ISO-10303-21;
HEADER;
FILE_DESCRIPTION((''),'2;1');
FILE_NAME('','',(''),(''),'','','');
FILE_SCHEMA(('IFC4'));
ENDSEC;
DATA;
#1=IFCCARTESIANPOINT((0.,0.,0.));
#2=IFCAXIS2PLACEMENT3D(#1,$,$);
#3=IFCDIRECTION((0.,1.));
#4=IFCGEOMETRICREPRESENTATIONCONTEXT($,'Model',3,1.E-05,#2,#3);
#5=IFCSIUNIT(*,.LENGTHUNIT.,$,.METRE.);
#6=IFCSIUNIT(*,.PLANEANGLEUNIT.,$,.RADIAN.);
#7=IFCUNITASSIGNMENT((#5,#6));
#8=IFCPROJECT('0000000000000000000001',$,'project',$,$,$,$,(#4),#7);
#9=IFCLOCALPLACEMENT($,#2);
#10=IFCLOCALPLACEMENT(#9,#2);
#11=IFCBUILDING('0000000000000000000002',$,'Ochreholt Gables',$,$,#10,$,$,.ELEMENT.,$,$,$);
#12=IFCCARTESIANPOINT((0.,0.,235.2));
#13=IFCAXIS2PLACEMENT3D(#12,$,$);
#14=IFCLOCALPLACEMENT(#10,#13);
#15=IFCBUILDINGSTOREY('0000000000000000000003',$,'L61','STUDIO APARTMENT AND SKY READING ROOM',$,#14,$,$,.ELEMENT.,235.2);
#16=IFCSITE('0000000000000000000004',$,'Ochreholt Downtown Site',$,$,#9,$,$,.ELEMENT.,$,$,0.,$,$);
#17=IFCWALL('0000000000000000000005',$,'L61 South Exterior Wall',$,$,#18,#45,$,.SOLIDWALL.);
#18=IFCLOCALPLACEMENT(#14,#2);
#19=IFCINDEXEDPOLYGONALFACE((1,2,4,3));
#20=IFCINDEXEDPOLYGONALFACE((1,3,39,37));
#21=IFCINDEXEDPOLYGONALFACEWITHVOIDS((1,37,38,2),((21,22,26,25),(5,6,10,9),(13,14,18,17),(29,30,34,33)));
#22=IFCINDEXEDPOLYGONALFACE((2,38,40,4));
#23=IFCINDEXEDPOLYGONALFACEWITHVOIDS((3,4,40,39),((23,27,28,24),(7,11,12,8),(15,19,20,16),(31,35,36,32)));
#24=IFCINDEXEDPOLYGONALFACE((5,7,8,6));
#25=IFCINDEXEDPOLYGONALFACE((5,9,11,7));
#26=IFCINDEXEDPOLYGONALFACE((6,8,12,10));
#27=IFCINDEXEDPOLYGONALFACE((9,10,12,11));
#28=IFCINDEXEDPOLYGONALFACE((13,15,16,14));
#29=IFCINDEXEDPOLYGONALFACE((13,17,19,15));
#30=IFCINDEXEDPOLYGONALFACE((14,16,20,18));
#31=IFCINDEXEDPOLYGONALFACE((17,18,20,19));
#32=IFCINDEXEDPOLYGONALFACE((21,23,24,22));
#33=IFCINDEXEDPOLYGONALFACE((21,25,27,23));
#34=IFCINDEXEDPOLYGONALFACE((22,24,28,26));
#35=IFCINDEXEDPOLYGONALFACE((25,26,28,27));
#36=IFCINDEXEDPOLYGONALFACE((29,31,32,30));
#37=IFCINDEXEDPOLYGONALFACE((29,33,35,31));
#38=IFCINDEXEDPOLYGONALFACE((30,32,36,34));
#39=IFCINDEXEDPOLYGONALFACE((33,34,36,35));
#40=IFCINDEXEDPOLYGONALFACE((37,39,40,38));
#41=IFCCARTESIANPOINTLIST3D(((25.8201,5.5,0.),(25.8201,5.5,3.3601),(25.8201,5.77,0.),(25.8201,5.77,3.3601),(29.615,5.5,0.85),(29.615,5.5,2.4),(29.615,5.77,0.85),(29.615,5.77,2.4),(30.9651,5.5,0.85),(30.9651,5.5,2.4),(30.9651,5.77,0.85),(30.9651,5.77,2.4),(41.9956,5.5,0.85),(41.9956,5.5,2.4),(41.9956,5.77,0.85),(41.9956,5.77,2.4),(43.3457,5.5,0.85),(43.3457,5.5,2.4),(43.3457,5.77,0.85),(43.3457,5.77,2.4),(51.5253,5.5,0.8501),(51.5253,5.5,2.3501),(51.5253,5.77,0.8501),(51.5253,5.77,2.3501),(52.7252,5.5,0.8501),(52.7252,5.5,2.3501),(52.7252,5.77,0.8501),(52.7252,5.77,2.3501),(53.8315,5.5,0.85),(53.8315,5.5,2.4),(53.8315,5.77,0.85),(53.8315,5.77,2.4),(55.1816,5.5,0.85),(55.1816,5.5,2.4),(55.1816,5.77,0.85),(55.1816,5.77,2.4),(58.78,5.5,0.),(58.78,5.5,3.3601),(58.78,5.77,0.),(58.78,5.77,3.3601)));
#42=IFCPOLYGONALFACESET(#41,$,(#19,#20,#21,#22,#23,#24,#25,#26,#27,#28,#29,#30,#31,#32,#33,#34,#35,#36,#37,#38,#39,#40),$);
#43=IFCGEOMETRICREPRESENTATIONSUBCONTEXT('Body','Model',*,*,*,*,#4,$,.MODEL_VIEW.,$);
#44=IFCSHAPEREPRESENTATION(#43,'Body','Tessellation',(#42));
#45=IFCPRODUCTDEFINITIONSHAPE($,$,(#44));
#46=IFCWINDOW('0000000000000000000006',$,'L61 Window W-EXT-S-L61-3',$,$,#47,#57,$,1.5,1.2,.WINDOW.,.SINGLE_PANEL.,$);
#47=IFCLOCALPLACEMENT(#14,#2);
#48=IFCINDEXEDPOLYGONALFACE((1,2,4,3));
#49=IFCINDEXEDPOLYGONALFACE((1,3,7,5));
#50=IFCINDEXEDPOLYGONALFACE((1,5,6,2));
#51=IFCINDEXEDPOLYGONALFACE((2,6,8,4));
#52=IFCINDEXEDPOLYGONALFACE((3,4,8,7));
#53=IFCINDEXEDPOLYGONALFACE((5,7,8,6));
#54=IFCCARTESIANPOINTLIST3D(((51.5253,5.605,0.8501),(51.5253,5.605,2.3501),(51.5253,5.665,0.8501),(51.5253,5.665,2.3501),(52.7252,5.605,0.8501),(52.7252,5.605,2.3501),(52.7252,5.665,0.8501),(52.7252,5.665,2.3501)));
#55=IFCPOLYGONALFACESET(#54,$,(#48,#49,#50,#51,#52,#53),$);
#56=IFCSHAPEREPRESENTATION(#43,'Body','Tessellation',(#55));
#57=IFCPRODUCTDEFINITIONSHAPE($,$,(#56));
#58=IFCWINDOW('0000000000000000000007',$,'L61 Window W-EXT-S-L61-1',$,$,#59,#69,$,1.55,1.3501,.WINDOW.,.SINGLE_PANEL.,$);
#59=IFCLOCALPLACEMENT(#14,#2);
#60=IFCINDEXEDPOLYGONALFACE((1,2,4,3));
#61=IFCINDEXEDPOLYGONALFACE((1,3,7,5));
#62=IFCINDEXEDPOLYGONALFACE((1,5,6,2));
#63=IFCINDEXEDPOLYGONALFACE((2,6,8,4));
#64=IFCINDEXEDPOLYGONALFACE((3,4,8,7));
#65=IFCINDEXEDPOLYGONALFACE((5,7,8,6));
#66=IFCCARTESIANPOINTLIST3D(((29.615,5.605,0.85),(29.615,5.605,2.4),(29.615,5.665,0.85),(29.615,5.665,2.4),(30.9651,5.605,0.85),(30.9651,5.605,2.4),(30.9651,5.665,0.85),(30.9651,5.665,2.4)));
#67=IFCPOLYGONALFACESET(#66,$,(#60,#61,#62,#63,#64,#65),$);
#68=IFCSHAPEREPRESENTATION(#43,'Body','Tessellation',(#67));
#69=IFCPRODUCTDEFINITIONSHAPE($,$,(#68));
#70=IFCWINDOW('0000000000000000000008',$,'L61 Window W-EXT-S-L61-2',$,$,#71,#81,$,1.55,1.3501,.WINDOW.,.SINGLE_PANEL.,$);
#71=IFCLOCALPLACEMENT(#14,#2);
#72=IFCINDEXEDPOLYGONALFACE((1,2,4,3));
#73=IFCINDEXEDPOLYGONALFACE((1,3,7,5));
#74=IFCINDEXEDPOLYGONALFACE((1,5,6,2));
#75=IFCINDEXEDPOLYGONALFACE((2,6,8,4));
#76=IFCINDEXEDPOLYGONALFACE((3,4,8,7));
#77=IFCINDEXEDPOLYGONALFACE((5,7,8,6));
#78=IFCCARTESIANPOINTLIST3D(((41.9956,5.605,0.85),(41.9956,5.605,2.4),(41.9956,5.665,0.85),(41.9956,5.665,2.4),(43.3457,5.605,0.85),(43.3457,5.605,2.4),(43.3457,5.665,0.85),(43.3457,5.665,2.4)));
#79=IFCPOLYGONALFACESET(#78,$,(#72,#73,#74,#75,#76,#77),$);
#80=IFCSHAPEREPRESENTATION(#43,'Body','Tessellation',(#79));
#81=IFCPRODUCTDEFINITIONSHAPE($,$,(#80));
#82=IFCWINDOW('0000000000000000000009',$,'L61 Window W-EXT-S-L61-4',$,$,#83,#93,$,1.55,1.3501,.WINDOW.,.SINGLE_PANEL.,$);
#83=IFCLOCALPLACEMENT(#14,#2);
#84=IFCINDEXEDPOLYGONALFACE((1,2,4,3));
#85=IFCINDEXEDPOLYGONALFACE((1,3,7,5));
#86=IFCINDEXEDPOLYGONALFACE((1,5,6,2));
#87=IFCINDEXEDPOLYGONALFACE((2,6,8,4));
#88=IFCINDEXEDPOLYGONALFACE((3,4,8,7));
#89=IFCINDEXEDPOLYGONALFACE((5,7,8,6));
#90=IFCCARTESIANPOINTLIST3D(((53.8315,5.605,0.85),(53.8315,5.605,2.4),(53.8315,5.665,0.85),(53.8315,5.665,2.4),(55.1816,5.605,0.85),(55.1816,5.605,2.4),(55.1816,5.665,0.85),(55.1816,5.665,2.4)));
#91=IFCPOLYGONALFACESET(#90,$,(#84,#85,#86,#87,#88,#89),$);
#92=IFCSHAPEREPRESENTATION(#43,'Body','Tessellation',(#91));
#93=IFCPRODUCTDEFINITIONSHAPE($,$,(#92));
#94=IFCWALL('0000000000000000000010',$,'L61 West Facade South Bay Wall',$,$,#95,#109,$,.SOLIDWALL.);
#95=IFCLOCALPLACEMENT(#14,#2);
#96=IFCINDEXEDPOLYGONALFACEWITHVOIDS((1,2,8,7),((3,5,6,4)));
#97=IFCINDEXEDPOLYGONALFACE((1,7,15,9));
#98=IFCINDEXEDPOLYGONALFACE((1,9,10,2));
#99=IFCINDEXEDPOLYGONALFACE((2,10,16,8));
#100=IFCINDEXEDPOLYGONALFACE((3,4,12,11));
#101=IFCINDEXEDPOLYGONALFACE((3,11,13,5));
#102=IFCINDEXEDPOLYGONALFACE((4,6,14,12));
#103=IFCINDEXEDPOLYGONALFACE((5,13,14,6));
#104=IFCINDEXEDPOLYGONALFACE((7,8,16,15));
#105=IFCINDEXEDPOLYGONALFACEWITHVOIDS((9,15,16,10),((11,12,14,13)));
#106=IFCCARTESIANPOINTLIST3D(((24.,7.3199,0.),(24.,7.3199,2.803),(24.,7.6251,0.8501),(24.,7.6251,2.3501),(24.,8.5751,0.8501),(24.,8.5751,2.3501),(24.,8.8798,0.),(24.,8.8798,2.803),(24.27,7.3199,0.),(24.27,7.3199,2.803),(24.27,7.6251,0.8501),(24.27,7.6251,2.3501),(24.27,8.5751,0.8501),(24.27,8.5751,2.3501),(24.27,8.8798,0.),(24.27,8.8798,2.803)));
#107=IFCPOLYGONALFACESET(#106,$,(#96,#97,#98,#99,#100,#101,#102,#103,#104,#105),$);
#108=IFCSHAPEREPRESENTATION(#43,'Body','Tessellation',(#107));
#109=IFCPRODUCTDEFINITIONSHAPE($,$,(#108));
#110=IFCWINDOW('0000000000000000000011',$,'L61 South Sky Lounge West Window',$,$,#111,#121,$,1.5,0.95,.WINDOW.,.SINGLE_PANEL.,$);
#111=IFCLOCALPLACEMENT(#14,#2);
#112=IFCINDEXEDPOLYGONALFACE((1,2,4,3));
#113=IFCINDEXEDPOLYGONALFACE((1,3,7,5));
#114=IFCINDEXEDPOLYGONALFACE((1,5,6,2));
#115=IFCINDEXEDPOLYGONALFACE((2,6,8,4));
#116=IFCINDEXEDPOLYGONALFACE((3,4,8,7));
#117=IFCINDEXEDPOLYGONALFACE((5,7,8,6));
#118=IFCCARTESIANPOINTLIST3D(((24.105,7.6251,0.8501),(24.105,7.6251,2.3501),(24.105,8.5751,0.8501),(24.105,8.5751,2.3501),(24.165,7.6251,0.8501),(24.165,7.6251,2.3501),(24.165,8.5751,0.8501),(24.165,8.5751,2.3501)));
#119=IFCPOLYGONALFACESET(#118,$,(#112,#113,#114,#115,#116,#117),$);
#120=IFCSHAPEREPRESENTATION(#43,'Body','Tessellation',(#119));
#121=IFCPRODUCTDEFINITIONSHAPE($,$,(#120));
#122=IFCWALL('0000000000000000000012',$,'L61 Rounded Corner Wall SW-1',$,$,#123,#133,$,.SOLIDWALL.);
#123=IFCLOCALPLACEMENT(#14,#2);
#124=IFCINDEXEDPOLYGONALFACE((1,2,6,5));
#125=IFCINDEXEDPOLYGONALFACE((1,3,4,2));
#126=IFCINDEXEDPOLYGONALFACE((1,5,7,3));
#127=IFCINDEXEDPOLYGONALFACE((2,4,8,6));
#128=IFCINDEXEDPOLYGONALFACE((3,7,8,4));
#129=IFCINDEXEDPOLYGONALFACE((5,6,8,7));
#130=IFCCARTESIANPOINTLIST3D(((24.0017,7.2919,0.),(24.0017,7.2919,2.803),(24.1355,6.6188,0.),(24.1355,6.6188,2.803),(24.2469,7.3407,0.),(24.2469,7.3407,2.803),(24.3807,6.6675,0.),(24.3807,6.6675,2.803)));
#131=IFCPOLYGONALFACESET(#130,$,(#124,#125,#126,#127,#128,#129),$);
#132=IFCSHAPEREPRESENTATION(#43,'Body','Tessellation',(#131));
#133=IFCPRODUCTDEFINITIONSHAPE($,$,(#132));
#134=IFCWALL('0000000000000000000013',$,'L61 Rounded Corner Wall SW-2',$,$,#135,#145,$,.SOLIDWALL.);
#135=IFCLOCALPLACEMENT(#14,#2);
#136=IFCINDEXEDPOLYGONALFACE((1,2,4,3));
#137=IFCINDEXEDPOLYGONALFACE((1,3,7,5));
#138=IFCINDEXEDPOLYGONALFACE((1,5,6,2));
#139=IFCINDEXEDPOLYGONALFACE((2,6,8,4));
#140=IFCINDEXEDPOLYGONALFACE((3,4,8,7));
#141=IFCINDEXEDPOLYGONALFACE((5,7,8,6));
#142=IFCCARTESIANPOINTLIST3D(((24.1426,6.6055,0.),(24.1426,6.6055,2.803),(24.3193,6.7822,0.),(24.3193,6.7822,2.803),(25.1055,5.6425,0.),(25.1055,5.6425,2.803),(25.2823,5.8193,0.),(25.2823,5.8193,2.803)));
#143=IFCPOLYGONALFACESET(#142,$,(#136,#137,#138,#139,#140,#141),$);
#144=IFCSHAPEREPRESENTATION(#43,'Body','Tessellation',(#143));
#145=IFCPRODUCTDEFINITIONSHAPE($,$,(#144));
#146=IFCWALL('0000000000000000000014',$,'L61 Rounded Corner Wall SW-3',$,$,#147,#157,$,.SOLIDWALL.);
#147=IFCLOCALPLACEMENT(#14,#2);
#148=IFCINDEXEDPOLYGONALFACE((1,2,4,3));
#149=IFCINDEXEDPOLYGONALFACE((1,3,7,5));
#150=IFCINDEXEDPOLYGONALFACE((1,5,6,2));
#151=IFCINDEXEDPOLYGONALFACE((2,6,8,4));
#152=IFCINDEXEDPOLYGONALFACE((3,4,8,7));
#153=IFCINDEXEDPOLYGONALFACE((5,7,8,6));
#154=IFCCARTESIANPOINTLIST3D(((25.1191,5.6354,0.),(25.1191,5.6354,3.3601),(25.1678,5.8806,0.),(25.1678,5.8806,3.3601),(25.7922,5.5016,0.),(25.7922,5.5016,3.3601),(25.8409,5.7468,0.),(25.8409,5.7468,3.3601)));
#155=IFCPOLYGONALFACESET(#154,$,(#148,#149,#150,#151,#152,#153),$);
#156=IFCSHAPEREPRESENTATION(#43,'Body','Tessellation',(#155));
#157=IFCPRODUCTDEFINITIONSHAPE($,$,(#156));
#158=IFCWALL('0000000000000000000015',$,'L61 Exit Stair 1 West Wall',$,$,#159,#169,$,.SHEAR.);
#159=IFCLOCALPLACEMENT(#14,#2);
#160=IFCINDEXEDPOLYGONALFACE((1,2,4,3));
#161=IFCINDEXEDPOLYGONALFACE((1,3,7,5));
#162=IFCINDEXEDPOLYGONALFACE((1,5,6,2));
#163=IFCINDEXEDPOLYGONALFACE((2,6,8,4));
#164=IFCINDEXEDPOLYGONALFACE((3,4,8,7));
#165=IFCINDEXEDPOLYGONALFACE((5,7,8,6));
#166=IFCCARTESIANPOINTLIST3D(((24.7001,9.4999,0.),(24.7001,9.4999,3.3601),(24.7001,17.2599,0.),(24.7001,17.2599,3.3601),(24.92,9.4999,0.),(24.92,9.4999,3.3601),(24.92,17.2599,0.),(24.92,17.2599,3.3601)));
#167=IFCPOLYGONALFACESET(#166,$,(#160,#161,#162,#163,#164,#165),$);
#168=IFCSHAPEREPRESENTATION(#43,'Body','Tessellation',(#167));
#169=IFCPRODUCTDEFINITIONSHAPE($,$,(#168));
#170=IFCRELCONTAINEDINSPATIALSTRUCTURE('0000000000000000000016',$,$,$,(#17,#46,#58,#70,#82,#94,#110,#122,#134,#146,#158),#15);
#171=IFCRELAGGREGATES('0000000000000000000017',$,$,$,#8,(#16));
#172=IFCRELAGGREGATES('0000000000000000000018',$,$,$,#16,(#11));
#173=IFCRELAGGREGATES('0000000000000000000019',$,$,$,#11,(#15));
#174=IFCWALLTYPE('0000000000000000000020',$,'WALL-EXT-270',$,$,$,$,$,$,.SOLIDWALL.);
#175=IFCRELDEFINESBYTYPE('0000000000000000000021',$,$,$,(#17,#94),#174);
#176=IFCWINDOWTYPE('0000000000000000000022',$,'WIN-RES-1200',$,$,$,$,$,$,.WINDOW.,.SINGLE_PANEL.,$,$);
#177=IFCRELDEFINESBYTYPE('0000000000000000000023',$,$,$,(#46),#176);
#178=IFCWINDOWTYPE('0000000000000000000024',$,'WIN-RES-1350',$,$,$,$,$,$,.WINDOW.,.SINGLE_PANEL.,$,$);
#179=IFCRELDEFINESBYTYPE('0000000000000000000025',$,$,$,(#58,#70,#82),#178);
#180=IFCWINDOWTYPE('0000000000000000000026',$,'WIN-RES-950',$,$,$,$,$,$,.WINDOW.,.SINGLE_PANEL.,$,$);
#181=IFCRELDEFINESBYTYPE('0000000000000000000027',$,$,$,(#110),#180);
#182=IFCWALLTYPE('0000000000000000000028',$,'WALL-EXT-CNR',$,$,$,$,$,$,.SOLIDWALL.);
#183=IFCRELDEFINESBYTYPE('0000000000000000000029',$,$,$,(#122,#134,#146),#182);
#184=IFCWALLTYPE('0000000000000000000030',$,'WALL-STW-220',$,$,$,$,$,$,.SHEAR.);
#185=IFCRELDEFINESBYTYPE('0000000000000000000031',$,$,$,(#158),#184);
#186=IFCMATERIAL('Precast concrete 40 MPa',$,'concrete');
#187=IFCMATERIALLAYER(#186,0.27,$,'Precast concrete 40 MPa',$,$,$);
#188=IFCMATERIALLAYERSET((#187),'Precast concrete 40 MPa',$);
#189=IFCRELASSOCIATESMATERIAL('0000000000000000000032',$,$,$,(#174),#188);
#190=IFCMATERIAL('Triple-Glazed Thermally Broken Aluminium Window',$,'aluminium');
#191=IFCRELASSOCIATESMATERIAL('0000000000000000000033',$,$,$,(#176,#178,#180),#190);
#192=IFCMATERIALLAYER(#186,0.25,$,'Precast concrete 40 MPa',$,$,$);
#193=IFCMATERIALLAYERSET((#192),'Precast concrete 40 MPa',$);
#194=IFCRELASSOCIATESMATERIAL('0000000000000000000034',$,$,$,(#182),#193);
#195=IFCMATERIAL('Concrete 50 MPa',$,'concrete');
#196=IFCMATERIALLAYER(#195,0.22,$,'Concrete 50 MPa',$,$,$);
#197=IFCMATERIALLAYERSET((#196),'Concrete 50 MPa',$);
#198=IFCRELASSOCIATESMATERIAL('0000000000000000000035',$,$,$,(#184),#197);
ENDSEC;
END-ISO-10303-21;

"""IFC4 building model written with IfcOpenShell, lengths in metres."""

from ifc_helpers import new_model, si_unit, direction, frame, frame_2d, origin, place, context, subcontext, project, spatial, rectangle, extrude, material, layer, layer_set, type_object, element, fill, save


model = new_model("IFC4")

# Units and contexts
model_context = context("Model", 3, precision=1e-05, world=origin(), true_north=direction((0.0, 1.0)))
body_context = subcontext(model_context, "Body", "Model", "MODEL_VIEW")
ifc_project = project(units=[si_unit("LENGTHUNIT", "METRE"), si_unit("PLANEANGLEUNIT", "RADIAN")], contexts=[model_context])

# Site, building, storey
site_placement = place(None, origin())
site = spatial("IfcSite", under=ifc_project, at=site_placement, Name="Ochreholt Downtown Site", CompositionType="ELEMENT", RefElevation=0.0)
building_placement = place(site_placement, origin())
building = spatial("IfcBuilding", under=site, at=building_placement, Name="Ochreholt Gables", CompositionType="ELEMENT")
storey_placement = place(building_placement, frame((0.0, 0.0, 235.2)))
storey = spatial("IfcBuildingStorey", under=building, at=storey_placement, Name="L61", Description="STUDIO APARTMENT AND SKY READING ROOM", CompositionType="ELEMENT", Elevation=235.2)

# Shared definitions
ifc_material_1 = material(Name="Concrete 50 MPa", Category="concrete")

# Wall, openings, windows
ifc_material_2 = material(Name="Precast concrete 40 MPa", Category="concrete")
ifc_layer_1 = layer(ifc_material_2, 0.27, Name="Precast concrete 40 MPa")
ifc_layer_set_1 = layer_set([ifc_layer_1], Name="Precast concrete 40 MPa")
wall_type_1 = type_object("IfcWallType", Name="WALL-EXT-270", PredefinedType="SOLIDWALL", material=ifc_layer_set_1)
wall_1_placement = place(storey_placement, frame((25.8201, 5.635, 0.0), z_axis=(0.0, 0.0, 1.0), x_axis=(1.0, 0.0, 0.0)))
wall_1 = element("IfcWall", 1, at=wall_1_placement, inside=storey, type_object=wall_type_1, Name="L61 South Exterior Wall", PredefinedType="SOLIDWALL", context=body_context, shape_type="SweptSolid", body=[
    extrude(rectangle(XDim=32.96, YDim=0.27, at=frame_2d((16.48, 0.0))), origin(), (0.0, 0.0, 1.0), 3.3601),
])
opening_1_placement = place(wall_1_placement, frame((3.7949, 0.0, 0.8501)))
opening_1 = element("IfcOpeningElement", 2, at=opening_1_placement, cuts=wall_1, PredefinedType="OPENING", context=body_context, shape_type="SweptSolid", body=[
    extrude(rectangle(XDim=1.3501, YDim=1.55, at=frame_2d((0.675, 0.7749))), frame((0.0, 0.145, 0.0), z_axis=(0.0, -1.0, 0.0), x_axis=(1.0, 0.0, 0.0)), (0.0, 0.0, 1.0), 0.29),
])
opening_2_placement = place(wall_1_placement, frame((16.1755, 0.0, 0.8501)))
opening_2 = element("IfcOpeningElement", 3, at=opening_2_placement, cuts=wall_1, PredefinedType="OPENING", context=body_context, shape_type="SweptSolid", body=[
    extrude(rectangle(XDim=1.3501, YDim=1.55, at=frame_2d((0.675, 0.7749))), frame((0.0, 0.145, 0.0), z_axis=(0.0, -1.0, 0.0), x_axis=(1.0, 0.0, 0.0)), (0.0, 0.0, 1.0), 0.29),
])
opening_3_placement = place(wall_1_placement, frame((25.7051, 0.0, 0.8501)))
opening_3 = element("IfcOpeningElement", 4, at=opening_3_placement, cuts=wall_1, PredefinedType="OPENING", context=body_context, shape_type="SweptSolid", body=[
    extrude(rectangle(XDim=1.2, YDim=1.5, at=frame_2d((0.6001, 0.75))), frame((0.0, 0.145, 0.0), z_axis=(0.0, -1.0, 0.0), x_axis=(1.0, 0.0, 0.0)), (0.0, 0.0, 1.0), 0.29),
])
opening_4_placement = place(wall_1_placement, frame((28.0115, 0.0, 0.8501)))
opening_4 = element("IfcOpeningElement", 5, at=opening_4_placement, cuts=wall_1, PredefinedType="OPENING", context=body_context, shape_type="SweptSolid", body=[
    extrude(rectangle(XDim=1.3501, YDim=1.55, at=frame_2d((0.675, 0.7749))), frame((0.0, 0.145, 0.0), z_axis=(0.0, -1.0, 0.0), x_axis=(1.0, 0.0, 0.0)), (0.0, 0.0, 1.0), 0.29),
])
ifc_material_3 = material(Name="Triple-Glazed Thermally Broken Aluminium Window", Category="aluminium")
window_type_1 = type_object("IfcWindowType", Name="WIN-RES-1200", PartitioningType="SINGLE_PANEL", PredefinedType="WINDOW", material=ifc_material_3)
window_1_placement = place(opening_3_placement, origin())
window_1 = element("IfcWindow", 6, at=window_1_placement, inside=storey, type_object=window_type_1, Name="L61 Window W-EXT-S-L61-3", OverallHeight=1.5, OverallWidth=1.2, PartitioningType="SINGLE_PANEL", PredefinedType="WINDOW", context=body_context, shape_type="SweptSolid", body=[
    extrude(rectangle(XDim=1.2, YDim=1.5, at=frame_2d((0.6001, 0.75))), frame((0.0, 0.03, 0.0), z_axis=(0.0, -1.0, 0.0), x_axis=(1.0, 0.0, 0.0)), (0.0, 0.0, 1.0), 0.0601),
])
fill(opening_3, window_1)
window_type_2 = type_object("IfcWindowType", Name="WIN-RES-1350", PartitioningType="SINGLE_PANEL", PredefinedType="WINDOW", material=ifc_material_3)
window_2_placement = place(opening_1_placement, origin())
window_2 = element("IfcWindow", 7, at=window_2_placement, inside=storey, type_object=window_type_2, Name="L61 Window W-EXT-S-L61-1", OverallHeight=1.55, OverallWidth=1.3501, PartitioningType="SINGLE_PANEL", PredefinedType="WINDOW", context=body_context, shape_type="SweptSolid", body=[
    extrude(rectangle(XDim=1.3501, YDim=1.55, at=frame_2d((0.675, 0.7749))), frame((0.0, 0.03, 0.0), z_axis=(0.0, -1.0, 0.0), x_axis=(1.0, 0.0, 0.0)), (0.0, 0.0, 1.0), 0.0601),
])
fill(opening_1, window_2)
window_3_placement = place(opening_2_placement, origin())
window_3 = element("IfcWindow", 8, at=window_3_placement, inside=storey, type_object=window_type_2, Name="L61 Window W-EXT-S-L61-2", OverallHeight=1.55, OverallWidth=1.3501, PartitioningType="SINGLE_PANEL", PredefinedType="WINDOW", context=body_context, shape_type="SweptSolid", body=[
    extrude(rectangle(XDim=1.3501, YDim=1.55, at=frame_2d((0.675, 0.7749))), frame((0.0, 0.03, 0.0), z_axis=(0.0, -1.0, 0.0), x_axis=(1.0, 0.0, 0.0)), (0.0, 0.0, 1.0), 0.0601),
])
fill(opening_2, window_3)
window_4_placement = place(opening_4_placement, origin())
window_4 = element("IfcWindow", 9, at=window_4_placement, inside=storey, type_object=window_type_2, Name="L61 Window W-EXT-S-L61-4", OverallHeight=1.55, OverallWidth=1.3501, PartitioningType="SINGLE_PANEL", PredefinedType="WINDOW", context=body_context, shape_type="SweptSolid", body=[
    extrude(rectangle(XDim=1.3501, YDim=1.55, at=frame_2d((0.675, 0.7749))), frame((0.0, 0.03, 0.0), z_axis=(0.0, -1.0, 0.0), x_axis=(1.0, 0.0, 0.0)), (0.0, 0.0, 1.0), 0.0601),
])
fill(opening_4, window_4)

# Wall, opening, window
wall_2_placement = place(storey_placement, frame((24.135, 7.3201, 0.0), z_axis=(0.0, 0.0, 1.0), x_axis=(0.0, 1.0, 0.0)))
wall_2 = element("IfcWall", 10, at=wall_2_placement, inside=storey, type_object=wall_type_1, Name="L61 West Facade South Bay Wall", PredefinedType="SOLIDWALL", context=body_context, shape_type="SweptSolid", body=[
    extrude(rectangle(XDim=1.5598, YDim=0.27, at=frame_2d((0.7798, 0.0))), origin(), (0.0, 0.0, 1.0), 2.803),
])
opening_5_placement = place(wall_2_placement, frame((0.3049, 0.0, 0.8501)))
opening_5 = element("IfcOpeningElement", 11, at=opening_5_placement, cuts=wall_2, PredefinedType="OPENING", context=body_context, shape_type="SweptSolid", body=[
    extrude(rectangle(XDim=0.95, YDim=1.5, at=frame_2d((0.4751, 0.75))), frame((0.0, 0.145, 0.0), z_axis=(0.0, -1.0, 0.0), x_axis=(1.0, 0.0, 0.0)), (0.0, 0.0, 1.0), 0.29),
])
window_type_3 = type_object("IfcWindowType", Name="WIN-RES-950", PartitioningType="SINGLE_PANEL", PredefinedType="WINDOW", material=ifc_material_3)
window_5_placement = place(opening_5_placement, origin())
window_5 = element("IfcWindow", 12, at=window_5_placement, inside=storey, type_object=window_type_3, Name="L61 South Sky Lounge West Window", OverallHeight=1.5, OverallWidth=0.95, PartitioningType="SINGLE_PANEL", PredefinedType="WINDOW", context=body_context, shape_type="SweptSolid", body=[
    extrude(rectangle(XDim=0.95, YDim=1.5, at=frame_2d((0.4751, 0.75))), frame((0.0, 0.03, 0.0), z_axis=(0.0, -1.0, 0.0), x_axis=(1.0, 0.0, 0.0)), (0.0, 0.0, 1.0), 0.0601),
])
fill(opening_5, window_5)

# Walls
ifc_layer_2 = layer(ifc_material_2, 0.25, Name="Precast concrete 40 MPa")
ifc_layer_set_2 = layer_set([ifc_layer_2], Name="Precast concrete 40 MPa")
wall_type_2 = type_object("IfcWallType", Name="WALL-EXT-CNR", PredefinedType="SOLIDWALL", material=ifc_layer_set_2)
wall_3_placement = place(storey_placement, frame((24.1243, 7.3164, 0.0), z_axis=(0.0, 0.0, 1.0), x_axis=(0.194953, -0.980813, 0.0)))
element("IfcWall", 13, at=wall_3_placement, inside=storey, type_object=wall_type_2, Name="L61 Rounded Corner Wall SW-1", PredefinedType="SOLIDWALL", context=body_context, shape_type="SweptSolid", body=[
    extrude(rectangle(XDim=0.6863, YDim=0.25, at=frame_2d((0.3433, 0.0))), origin(), (0.0, 0.0, 1.0), 2.803),
])
wall_4_placement = place(storey_placement, frame((24.231, 6.6938, 0.0), z_axis=(0.0, 0.0, 1.0), x_axis=(0.707107, -0.707107, 0.0)))
element("IfcWall", 14, at=wall_4_placement, inside=storey, type_object=wall_type_2, Name="L61 Rounded Corner Wall SW-2", PredefinedType="SOLIDWALL", context=body_context, shape_type="SweptSolid", body=[
    extrude(rectangle(XDim=1.3618, YDim=0.25, at=frame_2d((0.6809, 0.0))), origin(), (0.0, 0.0, 1.0), 2.803),
])
wall_5_placement = place(storey_placement, frame((25.1433, 5.7581, 0.0), z_axis=(0.0, 0.0, 1.0), x_axis=(0.980813, -0.194953, 0.0)))
element("IfcWall", 15, at=wall_5_placement, inside=storey, type_object=wall_type_2, Name="L61 Rounded Corner Wall SW-3", PredefinedType="SOLIDWALL", context=body_context, shape_type="SweptSolid", body=[
    extrude(rectangle(XDim=0.6863, YDim=0.25, at=frame_2d((0.3433, 0.0))), origin(), (0.0, 0.0, 1.0), 3.3601),
])
ifc_layer_3 = layer(ifc_material_1, 0.22, Name="Concrete 50 MPa")
ifc_layer_set_3 = layer_set([ifc_layer_3], Name="Concrete 50 MPa")
wall_type_3 = type_object("IfcWallType", Name="WALL-STW-220", PredefinedType="SHEAR", material=ifc_layer_set_3)
wall_6_placement = place(storey_placement, frame((24.8101, 9.5, 0.0), z_axis=(0.0, 0.0, 1.0), x_axis=(0.0, 1.0, 0.0)))
element("IfcWall", 16, at=wall_6_placement, inside=storey, type_object=wall_type_3, Name="L61 Exit Stair 1 West Wall", PredefinedType="SHEAR", context=body_context, shape_type="SweptSolid", body=[
    extrude(rectangle(XDim=7.76, YDim=0.22, at=frame_2d((3.8799, 0.0))), origin(), (0.0, 0.0, 1.0), 3.3601),
])

save(model, "model.ifc")
